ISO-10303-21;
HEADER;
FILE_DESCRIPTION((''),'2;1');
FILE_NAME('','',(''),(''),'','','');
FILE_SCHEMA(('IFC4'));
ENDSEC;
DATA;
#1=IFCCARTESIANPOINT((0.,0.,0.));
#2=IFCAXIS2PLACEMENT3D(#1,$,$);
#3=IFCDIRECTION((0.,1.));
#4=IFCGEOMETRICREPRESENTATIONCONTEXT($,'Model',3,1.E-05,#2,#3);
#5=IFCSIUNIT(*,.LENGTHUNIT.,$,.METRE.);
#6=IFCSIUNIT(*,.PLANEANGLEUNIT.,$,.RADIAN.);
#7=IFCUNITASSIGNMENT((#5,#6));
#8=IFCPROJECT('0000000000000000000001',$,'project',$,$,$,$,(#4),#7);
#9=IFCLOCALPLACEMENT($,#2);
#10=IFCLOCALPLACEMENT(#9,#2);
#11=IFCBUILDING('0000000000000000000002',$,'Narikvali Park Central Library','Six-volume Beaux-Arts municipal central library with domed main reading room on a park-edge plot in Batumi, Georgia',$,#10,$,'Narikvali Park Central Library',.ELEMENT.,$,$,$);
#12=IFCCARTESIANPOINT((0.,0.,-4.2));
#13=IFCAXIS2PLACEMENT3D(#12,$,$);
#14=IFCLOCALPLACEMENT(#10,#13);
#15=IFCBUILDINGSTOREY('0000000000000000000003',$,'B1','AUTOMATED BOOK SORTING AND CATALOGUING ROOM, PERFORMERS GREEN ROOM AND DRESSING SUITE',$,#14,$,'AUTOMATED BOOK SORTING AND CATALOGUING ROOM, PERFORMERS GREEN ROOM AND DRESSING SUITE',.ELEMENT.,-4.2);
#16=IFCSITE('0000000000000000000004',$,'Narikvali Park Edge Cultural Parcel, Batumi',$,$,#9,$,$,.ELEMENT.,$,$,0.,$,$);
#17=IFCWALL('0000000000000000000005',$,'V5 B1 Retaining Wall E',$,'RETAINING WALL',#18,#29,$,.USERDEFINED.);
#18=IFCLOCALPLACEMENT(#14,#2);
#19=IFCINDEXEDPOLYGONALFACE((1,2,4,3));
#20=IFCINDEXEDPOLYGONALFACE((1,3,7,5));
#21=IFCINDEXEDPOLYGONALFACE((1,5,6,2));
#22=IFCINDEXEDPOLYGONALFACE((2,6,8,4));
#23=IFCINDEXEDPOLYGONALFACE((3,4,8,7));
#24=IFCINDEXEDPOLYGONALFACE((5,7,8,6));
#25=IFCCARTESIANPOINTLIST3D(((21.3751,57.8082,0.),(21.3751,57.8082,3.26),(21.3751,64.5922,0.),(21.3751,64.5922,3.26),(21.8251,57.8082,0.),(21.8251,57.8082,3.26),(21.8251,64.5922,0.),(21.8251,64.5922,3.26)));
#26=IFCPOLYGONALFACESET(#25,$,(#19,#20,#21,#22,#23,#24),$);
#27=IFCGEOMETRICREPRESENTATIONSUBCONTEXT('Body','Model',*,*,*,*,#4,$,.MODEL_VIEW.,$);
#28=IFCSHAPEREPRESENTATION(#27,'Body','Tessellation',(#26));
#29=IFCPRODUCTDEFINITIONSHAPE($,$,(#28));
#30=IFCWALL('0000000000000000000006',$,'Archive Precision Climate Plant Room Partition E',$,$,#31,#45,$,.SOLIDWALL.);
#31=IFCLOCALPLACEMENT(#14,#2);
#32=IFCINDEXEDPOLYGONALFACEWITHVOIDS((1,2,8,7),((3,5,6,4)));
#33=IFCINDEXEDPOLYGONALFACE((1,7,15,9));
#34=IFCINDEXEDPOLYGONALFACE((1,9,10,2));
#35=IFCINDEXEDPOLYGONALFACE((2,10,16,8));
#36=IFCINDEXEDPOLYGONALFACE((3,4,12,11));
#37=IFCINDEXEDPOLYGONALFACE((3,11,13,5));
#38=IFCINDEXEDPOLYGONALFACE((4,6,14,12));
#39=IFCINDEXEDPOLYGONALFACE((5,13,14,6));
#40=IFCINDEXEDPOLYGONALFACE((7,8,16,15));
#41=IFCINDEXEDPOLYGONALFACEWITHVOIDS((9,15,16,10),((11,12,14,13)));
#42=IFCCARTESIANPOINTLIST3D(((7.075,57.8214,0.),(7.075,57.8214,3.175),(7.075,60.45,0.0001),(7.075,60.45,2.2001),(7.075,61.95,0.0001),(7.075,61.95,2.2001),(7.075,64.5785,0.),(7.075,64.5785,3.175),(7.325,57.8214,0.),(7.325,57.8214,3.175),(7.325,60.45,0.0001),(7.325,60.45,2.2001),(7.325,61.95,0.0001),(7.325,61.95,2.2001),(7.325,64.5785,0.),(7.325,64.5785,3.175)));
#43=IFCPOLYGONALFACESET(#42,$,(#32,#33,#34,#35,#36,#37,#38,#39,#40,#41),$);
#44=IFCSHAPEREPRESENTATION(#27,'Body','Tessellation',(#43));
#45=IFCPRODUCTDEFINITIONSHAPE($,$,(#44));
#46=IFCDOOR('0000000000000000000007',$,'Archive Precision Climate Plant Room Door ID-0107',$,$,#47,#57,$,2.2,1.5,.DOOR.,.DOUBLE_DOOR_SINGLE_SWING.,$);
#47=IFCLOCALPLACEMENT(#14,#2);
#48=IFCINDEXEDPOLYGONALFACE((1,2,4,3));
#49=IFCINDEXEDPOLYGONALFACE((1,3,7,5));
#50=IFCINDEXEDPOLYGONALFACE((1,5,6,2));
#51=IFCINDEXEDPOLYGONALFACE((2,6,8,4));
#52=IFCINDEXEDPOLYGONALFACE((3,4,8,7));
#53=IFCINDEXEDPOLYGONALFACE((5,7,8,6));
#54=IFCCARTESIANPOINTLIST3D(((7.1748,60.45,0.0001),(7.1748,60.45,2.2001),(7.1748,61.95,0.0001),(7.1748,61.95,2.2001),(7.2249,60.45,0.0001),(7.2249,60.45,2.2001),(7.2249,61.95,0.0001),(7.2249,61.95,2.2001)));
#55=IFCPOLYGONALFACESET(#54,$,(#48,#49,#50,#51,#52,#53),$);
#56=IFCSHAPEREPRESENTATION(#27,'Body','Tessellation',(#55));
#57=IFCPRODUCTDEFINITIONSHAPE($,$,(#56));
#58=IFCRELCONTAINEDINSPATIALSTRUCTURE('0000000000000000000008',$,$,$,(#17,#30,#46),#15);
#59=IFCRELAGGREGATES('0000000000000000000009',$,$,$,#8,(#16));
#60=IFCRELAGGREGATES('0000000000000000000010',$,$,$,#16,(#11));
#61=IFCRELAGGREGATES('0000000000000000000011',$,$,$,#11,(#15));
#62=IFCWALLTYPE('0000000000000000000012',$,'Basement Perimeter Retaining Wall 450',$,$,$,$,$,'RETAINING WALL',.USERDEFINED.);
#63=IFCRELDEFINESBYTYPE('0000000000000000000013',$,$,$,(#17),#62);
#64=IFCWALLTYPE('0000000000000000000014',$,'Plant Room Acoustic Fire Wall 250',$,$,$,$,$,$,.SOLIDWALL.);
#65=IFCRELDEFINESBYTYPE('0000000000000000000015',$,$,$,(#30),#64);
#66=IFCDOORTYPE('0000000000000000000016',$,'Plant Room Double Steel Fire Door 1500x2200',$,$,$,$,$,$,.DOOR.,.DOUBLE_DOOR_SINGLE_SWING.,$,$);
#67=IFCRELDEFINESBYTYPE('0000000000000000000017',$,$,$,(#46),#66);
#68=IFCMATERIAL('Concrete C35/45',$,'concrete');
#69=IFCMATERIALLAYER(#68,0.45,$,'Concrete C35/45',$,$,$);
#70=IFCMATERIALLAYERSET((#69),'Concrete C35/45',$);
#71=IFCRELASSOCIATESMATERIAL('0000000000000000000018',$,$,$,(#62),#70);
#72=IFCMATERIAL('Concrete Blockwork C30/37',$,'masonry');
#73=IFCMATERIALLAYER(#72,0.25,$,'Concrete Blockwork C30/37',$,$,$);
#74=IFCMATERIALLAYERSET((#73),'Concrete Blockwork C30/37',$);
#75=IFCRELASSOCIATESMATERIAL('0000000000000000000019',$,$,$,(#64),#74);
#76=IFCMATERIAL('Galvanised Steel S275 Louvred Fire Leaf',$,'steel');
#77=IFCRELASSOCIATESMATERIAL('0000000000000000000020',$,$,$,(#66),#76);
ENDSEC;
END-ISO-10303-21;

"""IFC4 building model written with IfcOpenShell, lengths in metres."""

from ifc_helpers import new_model, si_unit, direction, frame, frame_2d, origin, place, context, subcontext, project, spatial, rectangle, extrude, material, layer, layer_set, type_object, element, fill, save


model = new_model("IFC4")

# Units and contexts
model_context = context("Model", 3, precision=1e-05, world=origin(), true_north=direction((0.0, 1.0)))
body_context = subcontext(model_context, "Body", "Model", "MODEL_VIEW")
ifc_project = project(units=[si_unit("LENGTHUNIT", "METRE"), si_unit("PLANEANGLEUNIT", "RADIAN")], contexts=[model_context])

# Site, building, storey
site_placement = place(None, origin())
site = spatial("IfcSite", under=ifc_project, at=site_placement, Name="Narikvali Park Edge Cultural Parcel, Batumi", CompositionType="ELEMENT", RefElevation=0.0)
building_placement = place(site_placement, origin())
building = spatial("IfcBuilding", under=site, at=building_placement, Name="Narikvali Park Central Library", Description="Six-volume Beaux-Arts municipal central library with domed main reading room on a park-edge plot in Batumi, Georgia", LongName="Narikvali Park Central Library", CompositionType="ELEMENT")
storey_placement = place(building_placement, frame((0.0, 0.0, -4.2)))
storey = spatial("IfcBuildingStorey", under=building, at=storey_placement, Name="B1", Description="AUTOMATED BOOK SORTING AND CATALOGUING ROOM, PERFORMERS GREEN ROOM AND DRESSING SUITE", LongName="AUTOMATED BOOK SORTING AND CATALOGUING ROOM, PERFORMERS GREEN ROOM AND DRESSING SUITE", CompositionType="ELEMENT", Elevation=-4.2)

# Shared definitions
ifc_material_1 = material(Name="Concrete C35/45", Category="concrete")

# Wall
ifc_layer_1 = layer(ifc_material_1, 0.45, Name="Concrete C35/45")
ifc_layer_set_1 = layer_set([ifc_layer_1], Name="Concrete C35/45")
wall_type_1 = type_object("IfcWallType", Name="Basement Perimeter Retaining Wall 450", ElementType="RETAINING WALL", PredefinedType="USERDEFINED", material=ifc_layer_set_1)
wall_1_placement = place(storey_placement, frame((21.6001, 57.8081, 0.0), z_axis=(0.0, 0.0, 1.0), x_axis=(0.0, 1.0, 0.0)))
element("IfcWall", 1, at=wall_1_placement, inside=storey, type_object=wall_type_1, Name="V5 B1 Retaining Wall E", ObjectType="RETAINING WALL", PredefinedType="USERDEFINED", context=body_context, shape_type="SweptSolid", body=[
    extrude(rectangle(XDim=6.7839, YDim=0.45, at=frame_2d((3.3921, 0.0))), origin(), (0.0, 0.0, 1.0), 3.26),
])

# Wall, opening, door
ifc_material_2 = material(Name="Concrete Blockwork C30/37", Category="masonry")
ifc_layer_2 = layer(ifc_material_2, 0.25, Name="Concrete Blockwork C30/37")
ifc_layer_set_2 = layer_set([ifc_layer_2], Name="Concrete Blockwork C30/37")
wall_type_2 = type_object("IfcWallType", Name="Plant Room Acoustic Fire Wall 250", PredefinedType="SOLIDWALL", material=ifc_layer_set_2)
wall_2_placement = place(storey_placement, frame((7.2, 57.8215, 0.0), z_axis=(0.0, 0.0, 1.0), x_axis=(0.0, 1.0, 0.0)))
wall_2 = element("IfcWall", 2, at=wall_2_placement, inside=storey, type_object=wall_type_2, Name="Archive Precision Climate Plant Room Partition E", PredefinedType="SOLIDWALL", context=body_context, shape_type="SweptSolid", body=[
    extrude(rectangle(XDim=6.7571, YDim=0.25, at=frame_2d((3.3784, 0.0))), origin(), (0.0, 0.0, 1.0), 3.175),
])
opening_placement = place(wall_2_placement, frame((2.6284, 0.0, 0.0)))
opening = element("IfcOpeningElement", 3, at=opening_placement, cuts=wall_2, PredefinedType="OPENING", context=body_context, shape_type="SweptSolid", body=[
    extrude(rectangle(XDim=1.5, YDim=2.2, at=frame_2d((0.75, 1.1001))), frame((0.0, 0.137, 0.0), z_axis=(0.0, -1.0, 0.0), x_axis=(1.0, 0.0, 0.0)), (0.0, 0.0, 1.0), 0.2739),
])
ifc_material_3 = material(Name="Galvanised Steel S275 Louvred Fire Leaf", Category="steel")
door_type = type_object("IfcDoorType", Name="Plant Room Double Steel Fire Door 1500x2200", OperationType="DOUBLE_DOOR_SINGLE_SWING", PredefinedType="DOOR", material=ifc_material_3)
door_placement = place(opening_placement, frame((1.5, 0.0, 0.0), z_axis=(0.0, 0.0, 1.0), x_axis=(-1.0, 0.0, 0.0)))
door = element("IfcDoor", 4, at=door_placement, inside=storey, type_object=door_type, Name="Archive Precision Climate Plant Room Door ID-0107", OperationType="DOUBLE_DOOR_SINGLE_SWING", OverallHeight=2.2, OverallWidth=1.5, PredefinedType="DOOR", context=body_context, shape_type="SweptSolid", body=[
    extrude(rectangle(XDim=1.5, YDim=2.2, at=frame_2d((0.75, 1.1001))), frame((0.0, 0.0249, 0.0), z_axis=(0.0, -1.0, 0.0), x_axis=(1.0, 0.0, 0.0)), (0.0, 0.0, 1.0), 0.05),
])
fill(opening, door)

save(model, "model.ifc")
